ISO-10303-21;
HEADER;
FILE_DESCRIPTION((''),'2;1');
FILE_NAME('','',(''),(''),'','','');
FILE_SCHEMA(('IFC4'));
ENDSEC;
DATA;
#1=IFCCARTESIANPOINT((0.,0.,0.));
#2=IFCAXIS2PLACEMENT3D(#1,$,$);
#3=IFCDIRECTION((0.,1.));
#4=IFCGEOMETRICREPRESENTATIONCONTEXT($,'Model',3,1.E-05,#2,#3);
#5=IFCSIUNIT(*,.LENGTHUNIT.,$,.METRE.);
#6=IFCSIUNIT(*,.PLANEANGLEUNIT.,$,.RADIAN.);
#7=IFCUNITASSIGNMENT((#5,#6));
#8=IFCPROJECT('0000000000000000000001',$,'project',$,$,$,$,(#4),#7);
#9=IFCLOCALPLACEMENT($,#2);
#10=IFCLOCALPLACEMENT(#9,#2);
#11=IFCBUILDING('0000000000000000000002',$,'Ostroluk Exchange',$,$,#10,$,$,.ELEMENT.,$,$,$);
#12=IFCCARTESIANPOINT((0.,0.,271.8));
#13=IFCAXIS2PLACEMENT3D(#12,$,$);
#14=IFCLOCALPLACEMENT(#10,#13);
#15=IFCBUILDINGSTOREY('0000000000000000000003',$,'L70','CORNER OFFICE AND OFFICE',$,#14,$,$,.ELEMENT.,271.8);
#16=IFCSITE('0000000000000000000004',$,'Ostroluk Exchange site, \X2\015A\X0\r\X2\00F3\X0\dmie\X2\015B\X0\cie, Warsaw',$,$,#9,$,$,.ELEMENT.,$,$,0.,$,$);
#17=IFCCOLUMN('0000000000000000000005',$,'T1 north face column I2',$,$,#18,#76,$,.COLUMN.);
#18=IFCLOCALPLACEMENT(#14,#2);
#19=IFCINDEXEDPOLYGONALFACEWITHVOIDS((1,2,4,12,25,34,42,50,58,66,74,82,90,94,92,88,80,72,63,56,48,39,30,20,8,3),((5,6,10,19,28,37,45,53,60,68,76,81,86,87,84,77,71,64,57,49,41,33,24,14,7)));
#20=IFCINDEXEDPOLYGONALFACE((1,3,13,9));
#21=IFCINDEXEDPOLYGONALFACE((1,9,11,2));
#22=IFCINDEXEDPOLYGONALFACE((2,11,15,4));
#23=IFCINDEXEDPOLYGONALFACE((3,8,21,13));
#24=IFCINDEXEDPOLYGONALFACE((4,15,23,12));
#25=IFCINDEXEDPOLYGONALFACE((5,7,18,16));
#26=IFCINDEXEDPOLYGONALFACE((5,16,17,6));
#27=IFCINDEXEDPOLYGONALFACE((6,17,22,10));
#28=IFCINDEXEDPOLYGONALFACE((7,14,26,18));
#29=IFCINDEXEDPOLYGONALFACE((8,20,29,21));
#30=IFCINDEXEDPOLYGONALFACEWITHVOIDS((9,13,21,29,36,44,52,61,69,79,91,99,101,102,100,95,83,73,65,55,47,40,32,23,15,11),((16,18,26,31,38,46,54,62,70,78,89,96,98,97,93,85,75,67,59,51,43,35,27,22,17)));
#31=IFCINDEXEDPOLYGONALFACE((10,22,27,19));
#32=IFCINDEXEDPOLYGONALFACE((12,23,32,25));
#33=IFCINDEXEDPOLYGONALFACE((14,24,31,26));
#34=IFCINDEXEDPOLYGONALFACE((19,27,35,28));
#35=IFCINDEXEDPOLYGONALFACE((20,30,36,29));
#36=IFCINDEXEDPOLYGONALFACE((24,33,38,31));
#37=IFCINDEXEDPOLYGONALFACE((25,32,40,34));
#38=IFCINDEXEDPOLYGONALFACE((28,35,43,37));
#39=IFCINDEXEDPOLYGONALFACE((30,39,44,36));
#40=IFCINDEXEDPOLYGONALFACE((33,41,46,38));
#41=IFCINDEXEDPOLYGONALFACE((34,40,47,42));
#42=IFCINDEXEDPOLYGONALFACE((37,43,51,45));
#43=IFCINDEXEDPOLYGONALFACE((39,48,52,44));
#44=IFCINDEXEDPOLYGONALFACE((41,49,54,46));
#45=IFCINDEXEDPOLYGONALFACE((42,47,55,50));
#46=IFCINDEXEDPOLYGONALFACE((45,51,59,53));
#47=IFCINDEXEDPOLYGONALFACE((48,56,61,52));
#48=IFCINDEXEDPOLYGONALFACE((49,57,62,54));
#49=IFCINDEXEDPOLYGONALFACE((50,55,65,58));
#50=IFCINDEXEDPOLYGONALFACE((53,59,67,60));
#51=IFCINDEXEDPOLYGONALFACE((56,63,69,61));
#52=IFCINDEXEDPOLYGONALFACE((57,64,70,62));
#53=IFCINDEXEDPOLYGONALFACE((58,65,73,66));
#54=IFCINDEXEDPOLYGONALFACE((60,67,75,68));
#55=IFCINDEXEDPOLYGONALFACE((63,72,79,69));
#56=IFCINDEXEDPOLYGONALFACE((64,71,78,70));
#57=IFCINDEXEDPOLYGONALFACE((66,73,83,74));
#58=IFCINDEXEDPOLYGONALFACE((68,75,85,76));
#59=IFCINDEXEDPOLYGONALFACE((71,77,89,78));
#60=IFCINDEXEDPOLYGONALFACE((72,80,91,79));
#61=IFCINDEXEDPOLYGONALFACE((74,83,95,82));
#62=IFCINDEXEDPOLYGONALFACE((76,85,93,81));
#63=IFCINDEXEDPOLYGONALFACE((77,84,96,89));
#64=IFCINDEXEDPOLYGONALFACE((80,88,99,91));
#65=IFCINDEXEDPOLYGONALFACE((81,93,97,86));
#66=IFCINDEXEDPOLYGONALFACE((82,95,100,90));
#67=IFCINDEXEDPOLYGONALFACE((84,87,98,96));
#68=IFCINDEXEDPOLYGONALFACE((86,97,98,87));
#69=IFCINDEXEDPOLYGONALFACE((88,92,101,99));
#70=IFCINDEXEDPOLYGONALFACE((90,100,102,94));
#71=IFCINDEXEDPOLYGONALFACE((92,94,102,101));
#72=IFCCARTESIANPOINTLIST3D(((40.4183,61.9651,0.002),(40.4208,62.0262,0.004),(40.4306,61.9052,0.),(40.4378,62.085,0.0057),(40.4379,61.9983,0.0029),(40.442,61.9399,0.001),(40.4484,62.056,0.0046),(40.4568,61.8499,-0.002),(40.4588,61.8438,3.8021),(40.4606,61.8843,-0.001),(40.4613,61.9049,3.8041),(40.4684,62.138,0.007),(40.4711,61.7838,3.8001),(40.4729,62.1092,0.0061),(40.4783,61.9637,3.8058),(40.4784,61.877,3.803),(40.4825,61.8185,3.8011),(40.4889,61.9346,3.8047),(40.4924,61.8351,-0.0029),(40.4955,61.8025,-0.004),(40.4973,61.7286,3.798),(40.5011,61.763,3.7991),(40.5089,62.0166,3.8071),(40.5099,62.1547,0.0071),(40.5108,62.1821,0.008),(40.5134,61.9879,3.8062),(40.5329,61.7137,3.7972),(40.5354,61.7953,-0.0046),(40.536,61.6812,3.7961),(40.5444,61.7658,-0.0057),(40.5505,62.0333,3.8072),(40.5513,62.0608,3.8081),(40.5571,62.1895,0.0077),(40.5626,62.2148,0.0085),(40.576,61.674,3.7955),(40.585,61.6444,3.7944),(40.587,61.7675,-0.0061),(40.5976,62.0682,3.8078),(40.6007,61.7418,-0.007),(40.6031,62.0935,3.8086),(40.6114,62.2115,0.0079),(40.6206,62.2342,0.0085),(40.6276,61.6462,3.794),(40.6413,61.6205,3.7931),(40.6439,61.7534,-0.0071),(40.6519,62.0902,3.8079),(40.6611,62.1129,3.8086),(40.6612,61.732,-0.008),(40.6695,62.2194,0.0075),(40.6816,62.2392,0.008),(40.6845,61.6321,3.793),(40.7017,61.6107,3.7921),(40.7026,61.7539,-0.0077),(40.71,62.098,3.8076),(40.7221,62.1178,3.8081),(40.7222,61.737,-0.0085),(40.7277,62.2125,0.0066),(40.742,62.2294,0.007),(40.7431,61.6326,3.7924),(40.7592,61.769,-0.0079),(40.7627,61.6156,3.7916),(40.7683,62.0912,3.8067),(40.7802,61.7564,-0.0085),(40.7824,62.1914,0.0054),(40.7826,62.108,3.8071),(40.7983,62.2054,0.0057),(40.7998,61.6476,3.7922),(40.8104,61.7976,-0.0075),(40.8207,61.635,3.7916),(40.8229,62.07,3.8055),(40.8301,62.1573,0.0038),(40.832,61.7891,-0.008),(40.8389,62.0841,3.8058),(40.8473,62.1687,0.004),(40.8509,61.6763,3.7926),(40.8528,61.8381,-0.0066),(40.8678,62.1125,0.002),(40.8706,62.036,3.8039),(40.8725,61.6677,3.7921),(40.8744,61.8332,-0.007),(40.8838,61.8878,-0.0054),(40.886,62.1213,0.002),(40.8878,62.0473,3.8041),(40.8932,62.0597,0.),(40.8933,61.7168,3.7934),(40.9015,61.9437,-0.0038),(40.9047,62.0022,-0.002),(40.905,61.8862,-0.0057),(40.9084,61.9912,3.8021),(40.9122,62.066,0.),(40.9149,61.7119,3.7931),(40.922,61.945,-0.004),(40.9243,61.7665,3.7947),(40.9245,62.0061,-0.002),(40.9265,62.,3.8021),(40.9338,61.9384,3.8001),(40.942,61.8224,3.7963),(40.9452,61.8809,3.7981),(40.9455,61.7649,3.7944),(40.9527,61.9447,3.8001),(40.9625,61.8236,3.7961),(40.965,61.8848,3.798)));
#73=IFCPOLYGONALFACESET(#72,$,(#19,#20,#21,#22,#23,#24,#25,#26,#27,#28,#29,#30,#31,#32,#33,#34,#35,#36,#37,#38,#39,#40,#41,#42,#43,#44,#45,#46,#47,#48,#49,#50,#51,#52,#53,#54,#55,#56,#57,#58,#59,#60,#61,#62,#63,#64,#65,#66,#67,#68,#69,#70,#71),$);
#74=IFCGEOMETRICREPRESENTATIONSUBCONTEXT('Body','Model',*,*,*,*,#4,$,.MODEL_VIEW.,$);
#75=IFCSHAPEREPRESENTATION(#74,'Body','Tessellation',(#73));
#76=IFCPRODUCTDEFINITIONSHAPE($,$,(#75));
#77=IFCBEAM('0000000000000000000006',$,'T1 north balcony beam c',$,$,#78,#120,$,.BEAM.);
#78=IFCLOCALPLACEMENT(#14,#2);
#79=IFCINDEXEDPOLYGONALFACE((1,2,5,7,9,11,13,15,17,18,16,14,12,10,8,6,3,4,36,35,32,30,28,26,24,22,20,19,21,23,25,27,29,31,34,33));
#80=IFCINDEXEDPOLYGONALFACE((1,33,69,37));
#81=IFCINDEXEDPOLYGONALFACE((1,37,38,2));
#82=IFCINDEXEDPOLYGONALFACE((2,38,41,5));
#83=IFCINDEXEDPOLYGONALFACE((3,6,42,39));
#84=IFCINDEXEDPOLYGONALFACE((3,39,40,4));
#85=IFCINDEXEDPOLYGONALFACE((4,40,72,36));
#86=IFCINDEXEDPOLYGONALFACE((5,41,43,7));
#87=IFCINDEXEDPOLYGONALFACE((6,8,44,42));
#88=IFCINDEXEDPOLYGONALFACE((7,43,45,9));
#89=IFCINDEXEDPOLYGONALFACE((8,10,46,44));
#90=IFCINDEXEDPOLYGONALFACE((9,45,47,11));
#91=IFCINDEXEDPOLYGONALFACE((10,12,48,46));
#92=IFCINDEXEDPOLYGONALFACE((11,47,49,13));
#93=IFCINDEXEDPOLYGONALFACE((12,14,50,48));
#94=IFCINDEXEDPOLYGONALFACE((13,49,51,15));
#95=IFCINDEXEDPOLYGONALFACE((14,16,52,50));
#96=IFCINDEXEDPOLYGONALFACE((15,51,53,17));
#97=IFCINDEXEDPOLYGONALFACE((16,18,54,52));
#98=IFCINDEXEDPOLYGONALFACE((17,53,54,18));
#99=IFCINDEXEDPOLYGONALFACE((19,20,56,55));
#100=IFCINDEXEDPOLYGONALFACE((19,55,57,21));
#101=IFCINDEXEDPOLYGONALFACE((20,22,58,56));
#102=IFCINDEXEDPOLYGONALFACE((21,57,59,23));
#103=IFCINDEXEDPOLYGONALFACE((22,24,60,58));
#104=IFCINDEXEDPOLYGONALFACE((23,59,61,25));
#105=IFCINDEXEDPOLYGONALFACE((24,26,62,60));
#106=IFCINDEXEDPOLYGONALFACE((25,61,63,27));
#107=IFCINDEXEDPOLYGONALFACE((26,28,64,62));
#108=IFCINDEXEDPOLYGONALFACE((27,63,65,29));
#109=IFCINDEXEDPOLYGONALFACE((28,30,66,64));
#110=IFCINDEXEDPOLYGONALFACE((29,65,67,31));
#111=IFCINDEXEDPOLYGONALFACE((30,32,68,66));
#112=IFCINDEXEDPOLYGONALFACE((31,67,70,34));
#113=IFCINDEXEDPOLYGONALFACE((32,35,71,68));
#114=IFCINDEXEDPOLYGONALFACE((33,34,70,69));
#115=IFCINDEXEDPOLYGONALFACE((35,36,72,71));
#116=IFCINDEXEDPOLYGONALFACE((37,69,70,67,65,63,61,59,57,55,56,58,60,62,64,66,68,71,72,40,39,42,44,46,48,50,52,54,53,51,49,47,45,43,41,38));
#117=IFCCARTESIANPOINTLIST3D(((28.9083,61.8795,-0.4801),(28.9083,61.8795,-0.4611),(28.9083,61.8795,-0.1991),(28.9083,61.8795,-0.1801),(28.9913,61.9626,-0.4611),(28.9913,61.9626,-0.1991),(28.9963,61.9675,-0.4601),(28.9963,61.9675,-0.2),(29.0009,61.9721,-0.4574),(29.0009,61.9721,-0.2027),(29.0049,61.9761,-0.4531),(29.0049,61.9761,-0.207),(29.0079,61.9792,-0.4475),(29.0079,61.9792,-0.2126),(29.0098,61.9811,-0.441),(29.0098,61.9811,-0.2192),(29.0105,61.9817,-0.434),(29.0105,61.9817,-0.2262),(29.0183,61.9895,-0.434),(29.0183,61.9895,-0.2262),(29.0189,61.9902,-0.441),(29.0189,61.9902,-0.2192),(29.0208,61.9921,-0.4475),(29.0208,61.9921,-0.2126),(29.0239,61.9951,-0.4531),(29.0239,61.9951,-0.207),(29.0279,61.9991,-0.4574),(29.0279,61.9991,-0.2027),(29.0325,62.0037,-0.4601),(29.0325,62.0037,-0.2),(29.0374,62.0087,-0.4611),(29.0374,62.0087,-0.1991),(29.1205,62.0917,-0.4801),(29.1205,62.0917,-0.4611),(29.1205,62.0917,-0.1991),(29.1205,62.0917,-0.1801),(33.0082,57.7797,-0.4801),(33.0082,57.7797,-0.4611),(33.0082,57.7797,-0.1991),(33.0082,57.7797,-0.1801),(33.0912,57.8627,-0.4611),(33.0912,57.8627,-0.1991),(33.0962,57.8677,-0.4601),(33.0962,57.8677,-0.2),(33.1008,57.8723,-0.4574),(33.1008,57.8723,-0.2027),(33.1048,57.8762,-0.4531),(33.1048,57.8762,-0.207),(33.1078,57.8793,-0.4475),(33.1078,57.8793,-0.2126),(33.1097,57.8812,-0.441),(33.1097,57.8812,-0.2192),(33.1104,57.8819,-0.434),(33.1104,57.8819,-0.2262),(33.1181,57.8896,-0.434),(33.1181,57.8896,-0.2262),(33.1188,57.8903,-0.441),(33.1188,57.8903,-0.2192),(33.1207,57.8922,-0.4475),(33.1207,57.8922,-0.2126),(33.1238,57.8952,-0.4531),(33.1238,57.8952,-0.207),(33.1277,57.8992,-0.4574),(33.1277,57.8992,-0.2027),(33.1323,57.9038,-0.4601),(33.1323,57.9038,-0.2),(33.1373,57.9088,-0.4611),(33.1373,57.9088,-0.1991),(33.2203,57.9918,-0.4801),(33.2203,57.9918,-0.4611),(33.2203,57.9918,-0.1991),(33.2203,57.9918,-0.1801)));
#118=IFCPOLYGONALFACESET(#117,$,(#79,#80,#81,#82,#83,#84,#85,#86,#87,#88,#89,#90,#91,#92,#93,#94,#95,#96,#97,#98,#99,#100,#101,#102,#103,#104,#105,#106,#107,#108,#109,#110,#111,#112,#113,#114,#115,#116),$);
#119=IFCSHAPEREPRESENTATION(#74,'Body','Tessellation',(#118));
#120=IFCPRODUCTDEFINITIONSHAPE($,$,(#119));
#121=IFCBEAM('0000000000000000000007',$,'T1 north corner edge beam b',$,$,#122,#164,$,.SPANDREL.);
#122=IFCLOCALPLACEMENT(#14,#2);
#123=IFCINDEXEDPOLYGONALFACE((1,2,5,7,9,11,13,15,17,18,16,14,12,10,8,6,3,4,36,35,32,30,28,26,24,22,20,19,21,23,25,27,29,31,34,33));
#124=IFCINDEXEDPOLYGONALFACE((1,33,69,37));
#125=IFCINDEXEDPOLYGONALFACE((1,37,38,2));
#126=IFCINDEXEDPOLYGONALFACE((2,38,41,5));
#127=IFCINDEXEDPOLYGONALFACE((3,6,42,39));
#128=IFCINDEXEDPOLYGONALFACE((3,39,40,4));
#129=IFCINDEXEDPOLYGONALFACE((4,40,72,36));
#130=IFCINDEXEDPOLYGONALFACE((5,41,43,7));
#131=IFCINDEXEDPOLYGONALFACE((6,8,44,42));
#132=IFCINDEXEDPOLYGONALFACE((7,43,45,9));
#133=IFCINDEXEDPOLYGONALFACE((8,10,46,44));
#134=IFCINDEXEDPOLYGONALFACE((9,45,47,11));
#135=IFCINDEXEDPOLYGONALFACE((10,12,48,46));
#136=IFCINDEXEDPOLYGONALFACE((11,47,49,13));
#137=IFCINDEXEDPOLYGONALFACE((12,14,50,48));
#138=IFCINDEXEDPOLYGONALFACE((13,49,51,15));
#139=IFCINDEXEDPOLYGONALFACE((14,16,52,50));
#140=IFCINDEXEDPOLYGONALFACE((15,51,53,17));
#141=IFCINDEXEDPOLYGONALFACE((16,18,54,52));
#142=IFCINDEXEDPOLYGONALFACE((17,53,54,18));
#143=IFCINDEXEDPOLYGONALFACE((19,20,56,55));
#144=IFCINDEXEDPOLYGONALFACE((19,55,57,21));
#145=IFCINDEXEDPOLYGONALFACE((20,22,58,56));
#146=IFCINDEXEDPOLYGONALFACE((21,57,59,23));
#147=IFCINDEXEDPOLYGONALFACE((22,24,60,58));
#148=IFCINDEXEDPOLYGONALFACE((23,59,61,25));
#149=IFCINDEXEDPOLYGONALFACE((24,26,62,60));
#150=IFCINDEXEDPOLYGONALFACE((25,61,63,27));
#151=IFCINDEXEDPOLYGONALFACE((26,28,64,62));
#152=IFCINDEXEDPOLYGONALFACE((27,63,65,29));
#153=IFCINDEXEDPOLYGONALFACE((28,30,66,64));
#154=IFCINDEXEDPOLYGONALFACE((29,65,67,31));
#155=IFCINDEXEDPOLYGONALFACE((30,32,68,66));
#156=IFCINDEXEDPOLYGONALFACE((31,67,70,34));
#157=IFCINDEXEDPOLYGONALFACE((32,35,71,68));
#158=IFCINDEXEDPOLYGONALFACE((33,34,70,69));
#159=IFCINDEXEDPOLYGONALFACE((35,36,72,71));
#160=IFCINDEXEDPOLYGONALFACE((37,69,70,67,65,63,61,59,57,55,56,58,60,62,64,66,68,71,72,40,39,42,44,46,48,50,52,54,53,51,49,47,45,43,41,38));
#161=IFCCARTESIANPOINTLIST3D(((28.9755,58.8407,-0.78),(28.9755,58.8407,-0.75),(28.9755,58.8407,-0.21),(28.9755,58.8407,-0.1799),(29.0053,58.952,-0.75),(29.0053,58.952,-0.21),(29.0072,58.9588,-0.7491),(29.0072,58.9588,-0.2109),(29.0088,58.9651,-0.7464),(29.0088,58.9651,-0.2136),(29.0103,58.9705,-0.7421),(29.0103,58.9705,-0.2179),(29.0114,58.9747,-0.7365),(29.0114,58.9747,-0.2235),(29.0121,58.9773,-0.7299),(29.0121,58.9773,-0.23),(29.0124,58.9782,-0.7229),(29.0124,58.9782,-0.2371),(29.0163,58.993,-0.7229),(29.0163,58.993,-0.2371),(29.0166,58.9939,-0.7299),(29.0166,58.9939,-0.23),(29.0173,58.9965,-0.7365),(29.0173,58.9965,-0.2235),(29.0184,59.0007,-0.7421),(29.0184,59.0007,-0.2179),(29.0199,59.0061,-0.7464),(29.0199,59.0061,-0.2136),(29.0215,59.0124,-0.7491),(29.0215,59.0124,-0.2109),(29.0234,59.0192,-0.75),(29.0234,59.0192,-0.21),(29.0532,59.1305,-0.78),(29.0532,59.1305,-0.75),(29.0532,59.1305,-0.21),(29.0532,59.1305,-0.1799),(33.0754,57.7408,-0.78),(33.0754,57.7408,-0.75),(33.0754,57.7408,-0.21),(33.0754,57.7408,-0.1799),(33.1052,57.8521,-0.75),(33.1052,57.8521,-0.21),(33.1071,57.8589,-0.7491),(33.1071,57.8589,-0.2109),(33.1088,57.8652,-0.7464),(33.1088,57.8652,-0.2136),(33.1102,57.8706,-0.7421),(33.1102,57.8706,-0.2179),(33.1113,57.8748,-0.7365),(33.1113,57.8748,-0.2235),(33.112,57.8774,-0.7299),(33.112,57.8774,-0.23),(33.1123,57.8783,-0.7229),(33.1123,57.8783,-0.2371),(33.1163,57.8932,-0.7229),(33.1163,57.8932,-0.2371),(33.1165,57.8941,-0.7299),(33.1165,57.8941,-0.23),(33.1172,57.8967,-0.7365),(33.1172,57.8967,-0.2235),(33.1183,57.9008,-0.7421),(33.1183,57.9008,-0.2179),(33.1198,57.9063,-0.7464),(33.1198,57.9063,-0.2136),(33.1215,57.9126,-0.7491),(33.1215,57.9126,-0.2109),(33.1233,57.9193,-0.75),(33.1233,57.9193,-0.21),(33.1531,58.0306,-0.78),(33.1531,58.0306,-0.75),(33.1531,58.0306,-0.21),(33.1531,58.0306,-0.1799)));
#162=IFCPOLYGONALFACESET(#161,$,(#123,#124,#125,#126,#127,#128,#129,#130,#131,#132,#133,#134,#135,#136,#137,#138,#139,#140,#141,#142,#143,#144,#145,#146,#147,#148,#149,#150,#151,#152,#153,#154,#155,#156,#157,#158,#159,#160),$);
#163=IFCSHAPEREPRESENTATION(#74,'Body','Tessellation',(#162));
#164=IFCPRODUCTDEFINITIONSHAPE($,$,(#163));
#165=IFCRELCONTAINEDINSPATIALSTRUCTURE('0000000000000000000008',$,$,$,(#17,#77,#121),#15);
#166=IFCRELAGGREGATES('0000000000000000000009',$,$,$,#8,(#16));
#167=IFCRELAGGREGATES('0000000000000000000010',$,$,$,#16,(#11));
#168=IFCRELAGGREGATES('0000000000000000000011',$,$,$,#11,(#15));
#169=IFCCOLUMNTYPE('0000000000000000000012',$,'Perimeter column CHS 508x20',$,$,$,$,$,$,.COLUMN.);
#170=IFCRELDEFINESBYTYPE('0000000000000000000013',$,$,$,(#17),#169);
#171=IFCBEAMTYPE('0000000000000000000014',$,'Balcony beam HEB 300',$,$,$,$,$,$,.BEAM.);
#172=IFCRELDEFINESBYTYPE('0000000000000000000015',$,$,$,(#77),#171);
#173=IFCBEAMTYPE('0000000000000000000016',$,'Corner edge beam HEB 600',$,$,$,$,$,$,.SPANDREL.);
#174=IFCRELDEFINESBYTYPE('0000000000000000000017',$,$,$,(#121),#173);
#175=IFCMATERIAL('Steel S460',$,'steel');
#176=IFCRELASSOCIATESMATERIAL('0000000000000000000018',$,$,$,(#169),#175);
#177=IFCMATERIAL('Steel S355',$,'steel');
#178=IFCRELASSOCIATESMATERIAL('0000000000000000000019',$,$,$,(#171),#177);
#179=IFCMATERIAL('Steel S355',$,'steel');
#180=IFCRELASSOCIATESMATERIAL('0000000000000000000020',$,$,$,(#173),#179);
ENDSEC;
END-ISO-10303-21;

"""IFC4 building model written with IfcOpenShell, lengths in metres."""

from ifc_helpers import new_model, si_unit, direction, frame, origin, origin_2d, place, context, subcontext, project, spatial, hollow_circle, i_section, extrude, material, material_profile, profile_set, type_object, element, save


model = new_model("IFC4")

# Units and contexts
model_context = context("Model", 3, precision=1e-05, world=origin(), true_north=direction((0.0, 1.0)))
body_context = subcontext(model_context, "Body", "Model", "MODEL_VIEW")
ifc_project = project(units=[si_unit("LENGTHUNIT", "METRE"), si_unit("PLANEANGLEUNIT", "RADIAN")], contexts=[model_context])

# Site, building, storey
site_placement = place(None, origin())
site = spatial("IfcSite", under=ifc_project, at=site_placement, Name="Ostroluk Exchange site, Śródmieście, Warsaw", CompositionType="ELEMENT", RefElevation=0.0)
building_placement = place(site_placement, origin())
building = spatial("IfcBuilding", under=site, at=building_placement, Name="Ostroluk Exchange", CompositionType="ELEMENT")
storey_placement = place(building_placement, frame((0.0, 0.0, 271.8)))
storey = spatial("IfcBuildingStorey", under=building, at=storey_placement, Name="L70", Description="CORNER OFFICE AND OFFICE", CompositionType="ELEMENT", Elevation=271.8)

# Column
ifc_material_1 = material(Name="Steel S460", Category="steel")
ifc_material_profile_1 = material_profile(ifc_material_1, hollow_circle(Radius=0.2539, WallThickness=0.02, at=origin_2d()), Name="CHS 508x20")
ifc_profile_set_1 = profile_set([ifc_material_profile_1], Name="Steel S460")
column_type = type_object("IfcColumnType", Name="Perimeter column CHS 508x20", PredefinedType="COLUMN", material=ifc_profile_set_1)
column_placement = place(storey_placement, frame((40.6714, 61.9856, 0.0), z_axis=(0.010659, -0.031913, 0.999434), x_axis=(0.948492, 0.3168, 0.0)))
element("IfcColumn", 1, at=column_placement, inside=storey, type_object=column_type, Name="T1 north face column I2", PredefinedType="COLUMN", context=body_context, shape_type="SweptSolid", body=[
    extrude(hollow_circle(Radius=0.2539, WallThickness=0.02, at=origin_2d()), origin(), (0.0, 0.0, 1.0), 3.8022),
])

# Beams
ifc_material_2 = material(Name="Steel S355", Category="steel")
ifc_material_profile_2 = material_profile(ifc_material_2, i_section(OverallWidth=0.3, OverallDepth=0.3, WebThickness=0.011, FlangeThickness=0.019, FilletRadius=0.0271, at=origin_2d()), Name="HEB 300")
ifc_profile_set_2 = profile_set([ifc_material_profile_2], Name="Steel S355")
beam_type_1 = type_object("IfcBeamType", Name="Balcony beam HEB 300", PredefinedType="BEAM", material=ifc_profile_set_2)
beam_1_placement = place(storey_placement, frame((33.1143, 57.8857, -0.3301), z_axis=(-0.707107, 0.707107, 0.0), x_axis=(-0.707107, -0.707107, 0.0)))
element("IfcBeam", 2, at=beam_1_placement, inside=storey, type_object=beam_type_1, Name="T1 north balcony beam c", PredefinedType="BEAM", context=body_context, shape_type="SweptSolid", body=[
    extrude(i_section(OverallWidth=0.3, OverallDepth=0.3, WebThickness=0.011, FlangeThickness=0.019, FilletRadius=0.0271, at=origin_2d()), origin(), (0.0, 0.0, 1.0), 5.7981),
])
ifc_material_3 = material(Name="Steel S355", Category="steel")
ifc_material_profile_3 = material_profile(ifc_material_3, i_section(OverallWidth=0.3, OverallDepth=0.6001, WebThickness=0.0154, FlangeThickness=0.03, FilletRadius=0.0271, at=origin_2d()), Name="HEB 600")
ifc_profile_set_3 = profile_set([ifc_material_profile_3], Name="Steel S355")
beam_type_2 = type_object("IfcBeamType", Name="Corner edge beam HEB 600", PredefinedType="SPANDREL", material=ifc_profile_set_3)
beam_2_placement = place(storey_placement, frame((33.1143, 57.8857, -0.48), z_axis=(-0.965849, 0.259105, 0.0), x_axis=(-0.259105, -0.965849, 0.0)))
element("IfcBeam", 3, at=beam_2_placement, inside=storey, type_object=beam_type_2, Name="T1 north corner edge beam b", PredefinedType="SPANDREL", context=body_context, shape_type="SweptSolid", body=[
    extrude(i_section(OverallWidth=0.3, OverallDepth=0.6001, WebThickness=0.0154, FlangeThickness=0.03, FilletRadius=0.0271, at=origin_2d()), origin(), (0.0, 0.0, 1.0), 4.2449),
])

save(model, "model.ifc")
